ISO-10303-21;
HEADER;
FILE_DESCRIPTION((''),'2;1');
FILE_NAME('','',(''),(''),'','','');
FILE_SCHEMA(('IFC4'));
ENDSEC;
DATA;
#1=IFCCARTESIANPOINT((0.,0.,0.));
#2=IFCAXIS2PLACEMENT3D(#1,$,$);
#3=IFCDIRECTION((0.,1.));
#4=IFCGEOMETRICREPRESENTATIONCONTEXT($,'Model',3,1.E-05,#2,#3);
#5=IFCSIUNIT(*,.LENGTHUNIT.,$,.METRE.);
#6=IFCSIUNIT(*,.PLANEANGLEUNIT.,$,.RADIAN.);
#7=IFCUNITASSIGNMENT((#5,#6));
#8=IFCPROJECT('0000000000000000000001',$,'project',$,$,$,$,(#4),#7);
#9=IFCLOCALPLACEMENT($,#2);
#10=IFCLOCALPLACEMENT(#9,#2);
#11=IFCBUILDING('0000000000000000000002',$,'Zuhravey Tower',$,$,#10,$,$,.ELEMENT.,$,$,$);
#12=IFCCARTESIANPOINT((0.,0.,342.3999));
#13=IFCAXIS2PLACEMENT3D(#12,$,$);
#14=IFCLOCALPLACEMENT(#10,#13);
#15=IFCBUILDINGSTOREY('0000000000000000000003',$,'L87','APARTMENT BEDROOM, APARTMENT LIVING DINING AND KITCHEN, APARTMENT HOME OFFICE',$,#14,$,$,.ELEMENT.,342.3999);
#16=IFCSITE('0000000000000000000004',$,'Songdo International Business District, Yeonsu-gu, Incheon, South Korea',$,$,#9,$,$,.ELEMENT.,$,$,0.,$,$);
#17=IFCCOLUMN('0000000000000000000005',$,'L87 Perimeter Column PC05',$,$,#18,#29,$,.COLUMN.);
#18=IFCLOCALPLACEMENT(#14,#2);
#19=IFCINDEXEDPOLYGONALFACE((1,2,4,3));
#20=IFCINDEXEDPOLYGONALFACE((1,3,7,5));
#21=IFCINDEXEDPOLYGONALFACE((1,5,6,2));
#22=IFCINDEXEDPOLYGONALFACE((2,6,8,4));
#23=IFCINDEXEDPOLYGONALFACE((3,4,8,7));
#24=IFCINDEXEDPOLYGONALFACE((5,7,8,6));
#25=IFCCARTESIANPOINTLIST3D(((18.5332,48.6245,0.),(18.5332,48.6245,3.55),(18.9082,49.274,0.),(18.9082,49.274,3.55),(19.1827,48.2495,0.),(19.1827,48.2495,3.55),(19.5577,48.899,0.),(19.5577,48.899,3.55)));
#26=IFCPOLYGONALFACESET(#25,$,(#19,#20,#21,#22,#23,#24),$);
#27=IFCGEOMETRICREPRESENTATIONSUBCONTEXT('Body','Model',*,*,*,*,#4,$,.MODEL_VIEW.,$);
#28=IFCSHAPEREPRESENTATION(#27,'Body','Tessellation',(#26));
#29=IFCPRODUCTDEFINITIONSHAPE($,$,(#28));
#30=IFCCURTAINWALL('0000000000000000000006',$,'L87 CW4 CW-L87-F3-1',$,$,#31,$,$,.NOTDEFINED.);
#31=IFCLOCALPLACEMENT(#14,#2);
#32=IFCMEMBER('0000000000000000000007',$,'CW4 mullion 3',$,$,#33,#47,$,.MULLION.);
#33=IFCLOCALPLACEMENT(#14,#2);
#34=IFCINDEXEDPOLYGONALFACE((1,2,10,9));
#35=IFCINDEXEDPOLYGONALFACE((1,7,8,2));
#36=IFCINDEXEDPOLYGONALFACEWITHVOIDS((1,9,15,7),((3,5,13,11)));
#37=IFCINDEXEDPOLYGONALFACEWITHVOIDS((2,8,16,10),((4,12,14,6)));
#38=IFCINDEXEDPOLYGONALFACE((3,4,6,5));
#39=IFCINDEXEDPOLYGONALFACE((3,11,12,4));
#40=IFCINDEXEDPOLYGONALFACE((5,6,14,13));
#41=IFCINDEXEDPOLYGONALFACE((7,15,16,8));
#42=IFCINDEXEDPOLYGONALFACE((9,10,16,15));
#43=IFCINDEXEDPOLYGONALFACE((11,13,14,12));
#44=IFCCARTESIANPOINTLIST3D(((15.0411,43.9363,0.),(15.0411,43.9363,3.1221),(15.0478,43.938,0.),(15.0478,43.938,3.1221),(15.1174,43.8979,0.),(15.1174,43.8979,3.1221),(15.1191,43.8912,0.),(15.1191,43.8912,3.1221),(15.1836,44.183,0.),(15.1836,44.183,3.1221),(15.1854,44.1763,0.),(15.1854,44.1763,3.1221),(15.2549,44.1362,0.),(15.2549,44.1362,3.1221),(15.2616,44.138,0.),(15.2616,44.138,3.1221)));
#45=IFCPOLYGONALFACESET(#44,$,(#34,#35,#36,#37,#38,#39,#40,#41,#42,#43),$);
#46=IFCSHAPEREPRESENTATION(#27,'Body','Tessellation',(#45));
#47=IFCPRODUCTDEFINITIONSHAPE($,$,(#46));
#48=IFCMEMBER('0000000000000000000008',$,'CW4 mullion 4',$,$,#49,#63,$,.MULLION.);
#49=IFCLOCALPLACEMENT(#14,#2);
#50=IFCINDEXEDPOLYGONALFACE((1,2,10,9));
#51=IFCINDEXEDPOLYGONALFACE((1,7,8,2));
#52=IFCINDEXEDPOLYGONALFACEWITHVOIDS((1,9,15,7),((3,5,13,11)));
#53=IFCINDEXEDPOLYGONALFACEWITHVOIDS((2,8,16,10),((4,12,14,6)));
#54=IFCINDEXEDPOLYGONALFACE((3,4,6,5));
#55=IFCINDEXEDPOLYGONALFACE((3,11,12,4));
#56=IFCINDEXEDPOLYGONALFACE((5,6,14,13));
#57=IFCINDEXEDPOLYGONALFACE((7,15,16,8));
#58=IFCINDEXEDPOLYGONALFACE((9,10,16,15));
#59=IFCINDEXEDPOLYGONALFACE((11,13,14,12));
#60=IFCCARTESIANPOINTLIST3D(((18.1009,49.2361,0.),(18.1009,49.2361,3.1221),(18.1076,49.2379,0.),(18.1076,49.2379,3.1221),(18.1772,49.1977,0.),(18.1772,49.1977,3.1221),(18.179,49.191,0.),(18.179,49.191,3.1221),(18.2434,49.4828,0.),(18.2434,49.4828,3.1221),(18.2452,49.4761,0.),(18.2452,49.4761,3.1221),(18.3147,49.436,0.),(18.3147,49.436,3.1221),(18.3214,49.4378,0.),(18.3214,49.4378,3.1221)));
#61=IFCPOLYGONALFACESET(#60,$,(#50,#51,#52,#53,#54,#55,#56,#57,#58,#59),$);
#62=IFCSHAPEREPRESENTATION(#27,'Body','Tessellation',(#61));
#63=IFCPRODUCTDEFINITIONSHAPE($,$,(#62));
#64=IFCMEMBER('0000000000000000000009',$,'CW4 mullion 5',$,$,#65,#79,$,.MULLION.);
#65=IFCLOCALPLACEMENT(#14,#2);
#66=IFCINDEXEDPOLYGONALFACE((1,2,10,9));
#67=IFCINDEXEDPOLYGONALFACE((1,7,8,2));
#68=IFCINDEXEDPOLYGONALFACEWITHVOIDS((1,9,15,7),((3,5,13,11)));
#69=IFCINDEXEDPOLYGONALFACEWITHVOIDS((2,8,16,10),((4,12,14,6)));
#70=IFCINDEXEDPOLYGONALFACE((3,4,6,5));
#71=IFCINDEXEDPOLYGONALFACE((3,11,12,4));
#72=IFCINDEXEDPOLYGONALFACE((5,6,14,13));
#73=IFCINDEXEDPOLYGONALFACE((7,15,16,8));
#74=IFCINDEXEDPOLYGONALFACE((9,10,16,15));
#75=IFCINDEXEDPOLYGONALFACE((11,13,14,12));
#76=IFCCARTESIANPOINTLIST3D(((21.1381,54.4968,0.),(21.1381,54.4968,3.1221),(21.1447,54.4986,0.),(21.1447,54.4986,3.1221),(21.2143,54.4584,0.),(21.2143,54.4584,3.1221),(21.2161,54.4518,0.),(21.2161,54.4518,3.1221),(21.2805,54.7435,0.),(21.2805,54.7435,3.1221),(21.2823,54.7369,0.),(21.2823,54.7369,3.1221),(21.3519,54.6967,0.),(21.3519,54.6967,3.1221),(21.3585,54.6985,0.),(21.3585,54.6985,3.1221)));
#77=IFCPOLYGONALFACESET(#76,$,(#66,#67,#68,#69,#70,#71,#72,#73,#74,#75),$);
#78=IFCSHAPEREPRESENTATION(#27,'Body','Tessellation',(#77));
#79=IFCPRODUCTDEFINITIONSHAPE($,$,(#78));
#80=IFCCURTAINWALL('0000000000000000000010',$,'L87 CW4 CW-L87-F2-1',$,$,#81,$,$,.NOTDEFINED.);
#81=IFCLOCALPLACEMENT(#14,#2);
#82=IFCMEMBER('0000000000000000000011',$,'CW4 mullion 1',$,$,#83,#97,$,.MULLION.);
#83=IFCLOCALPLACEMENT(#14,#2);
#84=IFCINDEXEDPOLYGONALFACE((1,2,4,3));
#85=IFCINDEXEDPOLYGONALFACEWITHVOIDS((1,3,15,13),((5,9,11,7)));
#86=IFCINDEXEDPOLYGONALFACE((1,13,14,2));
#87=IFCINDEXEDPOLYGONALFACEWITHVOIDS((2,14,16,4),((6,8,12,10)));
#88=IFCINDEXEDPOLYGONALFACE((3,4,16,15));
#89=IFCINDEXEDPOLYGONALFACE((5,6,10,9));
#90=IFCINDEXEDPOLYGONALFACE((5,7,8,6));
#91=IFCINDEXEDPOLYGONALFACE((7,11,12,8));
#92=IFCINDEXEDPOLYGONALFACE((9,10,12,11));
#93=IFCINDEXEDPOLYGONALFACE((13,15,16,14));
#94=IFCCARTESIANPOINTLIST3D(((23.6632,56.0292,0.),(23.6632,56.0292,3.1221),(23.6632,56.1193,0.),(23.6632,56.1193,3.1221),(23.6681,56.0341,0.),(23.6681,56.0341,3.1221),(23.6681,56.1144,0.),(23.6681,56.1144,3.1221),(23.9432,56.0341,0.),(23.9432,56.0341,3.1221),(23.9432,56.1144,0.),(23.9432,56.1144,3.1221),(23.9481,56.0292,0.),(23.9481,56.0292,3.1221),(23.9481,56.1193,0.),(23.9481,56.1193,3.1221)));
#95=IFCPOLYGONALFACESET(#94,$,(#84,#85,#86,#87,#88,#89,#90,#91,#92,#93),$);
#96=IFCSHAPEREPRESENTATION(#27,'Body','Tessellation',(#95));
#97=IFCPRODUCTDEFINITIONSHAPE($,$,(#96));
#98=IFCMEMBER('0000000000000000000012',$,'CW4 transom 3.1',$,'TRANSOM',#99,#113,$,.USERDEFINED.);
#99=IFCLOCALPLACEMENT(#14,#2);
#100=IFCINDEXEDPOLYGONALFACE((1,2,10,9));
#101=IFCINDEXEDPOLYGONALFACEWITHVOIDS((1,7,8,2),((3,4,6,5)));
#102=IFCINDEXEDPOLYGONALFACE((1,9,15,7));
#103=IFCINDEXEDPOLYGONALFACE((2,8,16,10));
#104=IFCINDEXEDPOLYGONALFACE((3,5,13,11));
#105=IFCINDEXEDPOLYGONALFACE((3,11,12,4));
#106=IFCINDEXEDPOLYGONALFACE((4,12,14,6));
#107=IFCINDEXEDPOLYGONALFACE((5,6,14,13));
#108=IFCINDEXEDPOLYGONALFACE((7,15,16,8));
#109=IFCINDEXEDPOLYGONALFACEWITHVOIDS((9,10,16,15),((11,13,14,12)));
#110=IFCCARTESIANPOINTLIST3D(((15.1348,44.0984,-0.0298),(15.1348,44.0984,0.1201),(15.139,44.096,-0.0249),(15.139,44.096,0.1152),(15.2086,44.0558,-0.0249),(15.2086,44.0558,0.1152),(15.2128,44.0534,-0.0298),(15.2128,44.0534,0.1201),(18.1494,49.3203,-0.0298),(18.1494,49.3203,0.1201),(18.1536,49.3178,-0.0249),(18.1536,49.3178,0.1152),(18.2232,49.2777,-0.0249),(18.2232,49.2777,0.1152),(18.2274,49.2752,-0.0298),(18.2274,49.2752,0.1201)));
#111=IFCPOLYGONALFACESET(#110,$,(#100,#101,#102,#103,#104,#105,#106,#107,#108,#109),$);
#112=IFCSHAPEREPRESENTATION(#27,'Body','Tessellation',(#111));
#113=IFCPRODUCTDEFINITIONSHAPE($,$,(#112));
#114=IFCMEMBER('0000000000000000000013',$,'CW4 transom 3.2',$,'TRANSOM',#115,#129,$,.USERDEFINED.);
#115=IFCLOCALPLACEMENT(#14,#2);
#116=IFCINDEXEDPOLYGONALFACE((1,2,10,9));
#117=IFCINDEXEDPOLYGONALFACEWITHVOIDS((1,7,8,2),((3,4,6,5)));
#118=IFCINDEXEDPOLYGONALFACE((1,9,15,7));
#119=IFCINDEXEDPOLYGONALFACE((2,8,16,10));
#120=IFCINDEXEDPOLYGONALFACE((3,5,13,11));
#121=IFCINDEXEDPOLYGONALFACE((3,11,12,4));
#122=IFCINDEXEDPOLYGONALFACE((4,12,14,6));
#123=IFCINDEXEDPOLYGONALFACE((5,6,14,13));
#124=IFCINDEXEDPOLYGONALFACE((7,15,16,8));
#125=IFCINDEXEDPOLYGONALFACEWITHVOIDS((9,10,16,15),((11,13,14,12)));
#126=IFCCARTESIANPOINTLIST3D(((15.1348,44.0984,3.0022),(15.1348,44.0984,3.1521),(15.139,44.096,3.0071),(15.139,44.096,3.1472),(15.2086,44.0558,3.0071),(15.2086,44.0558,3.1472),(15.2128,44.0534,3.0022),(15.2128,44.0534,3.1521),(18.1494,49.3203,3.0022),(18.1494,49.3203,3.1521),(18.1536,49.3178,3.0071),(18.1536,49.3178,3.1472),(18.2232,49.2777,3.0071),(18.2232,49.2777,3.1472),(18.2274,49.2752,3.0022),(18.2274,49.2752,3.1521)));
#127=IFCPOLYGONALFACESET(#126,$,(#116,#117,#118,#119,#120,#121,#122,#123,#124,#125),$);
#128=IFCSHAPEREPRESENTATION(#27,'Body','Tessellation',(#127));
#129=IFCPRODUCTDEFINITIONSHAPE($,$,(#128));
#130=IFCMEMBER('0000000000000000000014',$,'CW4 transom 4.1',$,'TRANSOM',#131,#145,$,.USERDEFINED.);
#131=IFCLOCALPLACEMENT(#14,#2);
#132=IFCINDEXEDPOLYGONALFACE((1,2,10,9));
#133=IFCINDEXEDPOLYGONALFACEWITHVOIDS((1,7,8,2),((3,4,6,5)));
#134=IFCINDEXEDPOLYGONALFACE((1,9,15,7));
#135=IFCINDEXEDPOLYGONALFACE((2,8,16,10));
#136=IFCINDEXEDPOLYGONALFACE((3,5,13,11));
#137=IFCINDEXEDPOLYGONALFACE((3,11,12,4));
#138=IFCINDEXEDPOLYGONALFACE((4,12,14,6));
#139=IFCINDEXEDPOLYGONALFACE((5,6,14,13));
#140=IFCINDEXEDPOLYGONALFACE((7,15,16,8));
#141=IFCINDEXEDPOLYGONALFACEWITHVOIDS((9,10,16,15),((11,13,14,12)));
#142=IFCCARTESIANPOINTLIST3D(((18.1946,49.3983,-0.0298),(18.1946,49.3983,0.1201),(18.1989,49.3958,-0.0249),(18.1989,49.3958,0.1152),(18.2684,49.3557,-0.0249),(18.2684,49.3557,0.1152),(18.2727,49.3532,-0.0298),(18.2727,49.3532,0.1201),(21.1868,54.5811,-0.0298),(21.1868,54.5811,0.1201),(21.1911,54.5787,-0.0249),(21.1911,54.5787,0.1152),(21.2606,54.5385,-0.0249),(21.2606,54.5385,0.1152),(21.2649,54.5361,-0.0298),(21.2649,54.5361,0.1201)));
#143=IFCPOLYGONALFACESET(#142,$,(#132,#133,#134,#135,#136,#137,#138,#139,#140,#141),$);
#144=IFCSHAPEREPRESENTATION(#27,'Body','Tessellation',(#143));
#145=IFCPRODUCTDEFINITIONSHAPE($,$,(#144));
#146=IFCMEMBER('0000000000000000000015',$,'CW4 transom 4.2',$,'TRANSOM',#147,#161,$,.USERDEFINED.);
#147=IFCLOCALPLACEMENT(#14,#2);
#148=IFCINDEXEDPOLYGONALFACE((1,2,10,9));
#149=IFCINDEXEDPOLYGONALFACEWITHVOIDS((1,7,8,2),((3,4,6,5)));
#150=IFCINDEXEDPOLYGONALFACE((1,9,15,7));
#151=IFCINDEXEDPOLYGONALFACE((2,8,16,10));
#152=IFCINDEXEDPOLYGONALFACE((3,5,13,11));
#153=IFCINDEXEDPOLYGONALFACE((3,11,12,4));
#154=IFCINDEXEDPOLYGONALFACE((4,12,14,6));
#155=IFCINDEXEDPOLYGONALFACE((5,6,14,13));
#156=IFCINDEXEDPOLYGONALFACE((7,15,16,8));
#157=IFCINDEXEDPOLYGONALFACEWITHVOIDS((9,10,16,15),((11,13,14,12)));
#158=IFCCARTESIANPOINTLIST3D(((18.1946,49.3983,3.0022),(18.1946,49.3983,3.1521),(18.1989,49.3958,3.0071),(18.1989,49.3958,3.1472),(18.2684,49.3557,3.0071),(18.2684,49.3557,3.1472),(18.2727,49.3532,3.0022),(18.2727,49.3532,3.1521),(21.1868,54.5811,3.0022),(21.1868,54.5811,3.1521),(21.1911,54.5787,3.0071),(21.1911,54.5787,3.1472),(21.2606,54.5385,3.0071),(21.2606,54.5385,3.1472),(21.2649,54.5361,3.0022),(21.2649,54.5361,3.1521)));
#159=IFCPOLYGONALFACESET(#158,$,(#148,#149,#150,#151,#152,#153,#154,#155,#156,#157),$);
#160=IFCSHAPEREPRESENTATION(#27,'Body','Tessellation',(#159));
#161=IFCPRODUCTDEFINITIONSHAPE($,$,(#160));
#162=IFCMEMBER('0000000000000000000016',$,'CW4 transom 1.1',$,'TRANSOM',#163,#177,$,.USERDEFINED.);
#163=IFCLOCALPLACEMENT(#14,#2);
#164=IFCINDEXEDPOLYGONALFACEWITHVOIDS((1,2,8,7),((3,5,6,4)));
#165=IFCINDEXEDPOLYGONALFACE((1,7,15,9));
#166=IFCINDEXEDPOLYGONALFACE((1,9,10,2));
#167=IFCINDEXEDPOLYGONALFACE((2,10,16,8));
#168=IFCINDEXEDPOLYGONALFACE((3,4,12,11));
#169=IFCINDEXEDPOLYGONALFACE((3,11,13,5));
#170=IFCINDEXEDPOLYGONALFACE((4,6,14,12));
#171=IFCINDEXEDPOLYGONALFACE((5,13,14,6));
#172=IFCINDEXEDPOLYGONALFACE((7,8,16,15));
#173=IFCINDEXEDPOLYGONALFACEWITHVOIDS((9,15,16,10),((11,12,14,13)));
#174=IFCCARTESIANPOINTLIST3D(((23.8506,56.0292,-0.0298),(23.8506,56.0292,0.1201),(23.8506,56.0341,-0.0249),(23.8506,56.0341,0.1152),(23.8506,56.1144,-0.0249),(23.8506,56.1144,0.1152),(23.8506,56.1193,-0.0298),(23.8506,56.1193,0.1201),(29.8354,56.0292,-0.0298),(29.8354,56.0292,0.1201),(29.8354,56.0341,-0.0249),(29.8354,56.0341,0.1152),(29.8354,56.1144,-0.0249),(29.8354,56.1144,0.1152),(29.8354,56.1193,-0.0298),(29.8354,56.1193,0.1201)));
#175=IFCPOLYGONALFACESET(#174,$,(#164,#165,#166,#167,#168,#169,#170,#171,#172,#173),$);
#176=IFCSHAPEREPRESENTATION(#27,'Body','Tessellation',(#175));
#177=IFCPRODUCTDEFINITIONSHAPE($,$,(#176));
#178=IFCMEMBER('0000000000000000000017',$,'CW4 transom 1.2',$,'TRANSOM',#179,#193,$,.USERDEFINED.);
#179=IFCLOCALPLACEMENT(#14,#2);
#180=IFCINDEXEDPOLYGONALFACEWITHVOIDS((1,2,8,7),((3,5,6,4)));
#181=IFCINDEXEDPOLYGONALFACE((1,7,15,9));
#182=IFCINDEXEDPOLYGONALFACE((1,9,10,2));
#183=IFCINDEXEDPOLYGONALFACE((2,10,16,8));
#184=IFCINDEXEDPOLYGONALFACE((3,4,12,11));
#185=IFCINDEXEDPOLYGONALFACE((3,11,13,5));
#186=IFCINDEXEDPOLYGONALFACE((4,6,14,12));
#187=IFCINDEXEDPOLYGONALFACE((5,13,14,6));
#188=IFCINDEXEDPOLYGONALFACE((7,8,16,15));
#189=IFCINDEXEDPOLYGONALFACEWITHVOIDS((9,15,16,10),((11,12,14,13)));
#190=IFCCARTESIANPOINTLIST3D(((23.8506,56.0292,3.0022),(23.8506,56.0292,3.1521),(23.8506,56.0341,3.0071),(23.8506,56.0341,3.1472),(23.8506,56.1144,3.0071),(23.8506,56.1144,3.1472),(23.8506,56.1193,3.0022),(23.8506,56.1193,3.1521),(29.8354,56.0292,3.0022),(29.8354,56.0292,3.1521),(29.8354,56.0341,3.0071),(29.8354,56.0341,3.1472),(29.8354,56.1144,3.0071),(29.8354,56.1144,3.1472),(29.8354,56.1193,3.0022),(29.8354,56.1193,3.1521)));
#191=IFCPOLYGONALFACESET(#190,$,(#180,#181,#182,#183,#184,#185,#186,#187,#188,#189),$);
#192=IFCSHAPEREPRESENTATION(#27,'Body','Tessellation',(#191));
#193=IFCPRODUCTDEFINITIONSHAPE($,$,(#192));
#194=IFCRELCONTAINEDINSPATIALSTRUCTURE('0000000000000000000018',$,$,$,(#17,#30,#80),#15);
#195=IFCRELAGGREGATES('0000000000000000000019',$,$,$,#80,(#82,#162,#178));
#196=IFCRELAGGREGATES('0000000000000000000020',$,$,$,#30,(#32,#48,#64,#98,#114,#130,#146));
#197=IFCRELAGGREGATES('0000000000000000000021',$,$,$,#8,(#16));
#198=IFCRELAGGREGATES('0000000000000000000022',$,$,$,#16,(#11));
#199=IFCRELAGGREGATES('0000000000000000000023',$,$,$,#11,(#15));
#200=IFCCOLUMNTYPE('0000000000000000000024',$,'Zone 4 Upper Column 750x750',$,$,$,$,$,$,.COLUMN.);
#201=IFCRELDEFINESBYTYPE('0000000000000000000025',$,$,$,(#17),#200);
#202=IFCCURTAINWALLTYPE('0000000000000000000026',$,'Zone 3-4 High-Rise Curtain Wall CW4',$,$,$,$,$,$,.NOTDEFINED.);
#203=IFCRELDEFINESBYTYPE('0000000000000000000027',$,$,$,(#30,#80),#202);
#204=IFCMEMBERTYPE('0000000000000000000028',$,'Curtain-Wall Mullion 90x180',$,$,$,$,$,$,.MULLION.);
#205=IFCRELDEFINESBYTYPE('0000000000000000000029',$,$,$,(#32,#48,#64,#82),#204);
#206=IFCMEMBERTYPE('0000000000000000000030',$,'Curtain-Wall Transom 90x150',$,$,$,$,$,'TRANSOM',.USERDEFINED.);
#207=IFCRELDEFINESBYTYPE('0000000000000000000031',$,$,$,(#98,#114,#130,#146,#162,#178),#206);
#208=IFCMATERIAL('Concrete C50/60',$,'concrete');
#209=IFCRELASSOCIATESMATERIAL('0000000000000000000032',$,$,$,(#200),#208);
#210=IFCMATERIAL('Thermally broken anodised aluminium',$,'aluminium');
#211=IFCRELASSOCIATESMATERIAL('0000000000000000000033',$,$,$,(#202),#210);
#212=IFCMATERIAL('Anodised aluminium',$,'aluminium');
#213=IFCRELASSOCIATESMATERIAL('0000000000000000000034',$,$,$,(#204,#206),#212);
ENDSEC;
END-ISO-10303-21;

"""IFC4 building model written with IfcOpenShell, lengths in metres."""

from ifc_helpers import new_model, si_unit, direction, frame, origin, origin_2d, place, context, subcontext, project, spatial, rectangle, hollow_rectangle, extrude, material, material_profile, profile_set, type_object, element, aggregate, save


model = new_model("IFC4")

# Units and contexts
model_context = context("Model", 3, precision=1e-05, world=origin(), true_north=direction((0.0, 1.0)))
body_context = subcontext(model_context, "Body", "Model", "MODEL_VIEW")
ifc_project = project(units=[si_unit("LENGTHUNIT", "METRE"), si_unit("PLANEANGLEUNIT", "RADIAN")], contexts=[model_context])

# Site, building, storey
site_placement = place(None, origin())
site = spatial("IfcSite", under=ifc_project, at=site_placement, Name="Songdo International Business District, Yeonsu-gu, Incheon, South Korea", CompositionType="ELEMENT", RefElevation=0.0)
building_placement = place(site_placement, origin())
building = spatial("IfcBuilding", under=site, at=building_placement, Name="Zuhravey Tower", CompositionType="ELEMENT")
storey_placement = place(building_placement, frame((0.0, 0.0, 342.3999)))
storey = spatial("IfcBuildingStorey", under=building, at=storey_placement, Name="L87", Description="APARTMENT BEDROOM, APARTMENT LIVING DINING AND KITCHEN, APARTMENT HOME OFFICE", CompositionType="ELEMENT", Elevation=342.3999)

# Column
ifc_material_1 = material(Name="Concrete C50/60", Category="concrete")
ifc_material_profile_1 = material_profile(ifc_material_1, rectangle(XDim=0.75, YDim=0.75, at=origin_2d()), Name="RC-750x750")
ifc_profile_set_1 = profile_set([ifc_material_profile_1], Name="Concrete C50/60")
column_type = type_object("IfcColumnType", Name="Zone 4 Upper Column 750x750", PredefinedType="COLUMN", material=ifc_profile_set_1)
column_placement = place(storey_placement, frame((19.0454, 48.7617, 0.0), z_axis=(0.0, 0.0, 1.0), x_axis=(-0.5, -0.866025, 0.0)))
element("IfcColumn", 1, at=column_placement, inside=storey, type_object=column_type, Name="L87 Perimeter Column PC05", PredefinedType="COLUMN", context=body_context, shape_type="SweptSolid", body=[
    extrude(rectangle(XDim=0.75, YDim=0.75, at=origin_2d()), origin(), (0.0, 0.0, 1.0), 3.55),
])

# Curtain wall, members
ifc_material_2 = material(Name="Thermally broken anodised aluminium", Category="aluminium")
curtain_wall_type = type_object("IfcCurtainWallType", Name="Zone 3-4 High-Rise Curtain Wall CW4", PredefinedType="NOTDEFINED", material=ifc_material_2)
curtain_wall_1_placement = place(storey_placement, origin())
curtain_wall_1 = element("IfcCurtainWall", 2, at=curtain_wall_1_placement, inside=storey, type_object=curtain_wall_type, Name="L87 CW4 CW-L87-F3-1", PredefinedType="NOTDEFINED")
ifc_material_3 = material(Name="Anodised aluminium", Category="aluminium")
ifc_material_profile_2 = material_profile(ifc_material_3, hollow_rectangle(XDim=0.0901, YDim=0.2849, WallThickness=0.0049, at=origin_2d()), Name="ALU-RHS-90x285x5")
ifc_profile_set_2 = profile_set([ifc_material_profile_2], Name="Anodised aluminium")
member_type_1 = type_object("IfcMemberType", Name="Curtain-Wall Mullion 90x180", PredefinedType="MULLION", material=ifc_profile_set_2)
member_1_placement = place(storey_placement, frame((15.1514, 44.0371, 0.0), z_axis=(0.0, 0.0, 1.0), x_axis=(-0.866026, 0.5, 0.0)))
member_1 = element("IfcMember", 3, at=member_1_placement, type_object=member_type_1, Name="CW4 mullion 3", PredefinedType="MULLION", context=body_context, shape_type="SweptSolid", body=[
    extrude(hollow_rectangle(XDim=0.0901, YDim=0.2849, WallThickness=0.0049, at=origin_2d()), origin(), (0.0, 0.0, 1.0), 3.1221),
])
member_2_placement = place(storey_placement, frame((18.2112, 49.3369, 0.0), z_axis=(0.0, 0.0, 1.0), x_axis=(-0.866026, 0.5, 0.0)))
member_2 = element("IfcMember", 4, at=member_2_placement, type_object=member_type_1, Name="CW4 mullion 4", PredefinedType="MULLION", context=body_context, shape_type="SweptSolid", body=[
    extrude(hollow_rectangle(XDim=0.0901, YDim=0.2849, WallThickness=0.0049, at=origin_2d()), origin(), (0.0, 0.0, 1.0), 3.1221),
])
member_3_placement = place(storey_placement, frame((21.2483, 54.5977, 0.0), z_axis=(0.0, 0.0, 1.0), x_axis=(-0.866026, 0.5, 0.0)))
member_3 = element("IfcMember", 5, at=member_3_placement, type_object=member_type_1, Name="CW4 mullion 5", PredefinedType="MULLION", context=body_context, shape_type="SweptSolid", body=[
    extrude(hollow_rectangle(XDim=0.0901, YDim=0.2849, WallThickness=0.0049, at=origin_2d()), origin(), (0.0, 0.0, 1.0), 3.1221),
])

# Curtain wall, member
curtain_wall_2_placement = place(storey_placement, origin())
curtain_wall_2 = element("IfcCurtainWall", 6, at=curtain_wall_2_placement, inside=storey, type_object=curtain_wall_type, Name="L87 CW4 CW-L87-F2-1", PredefinedType="NOTDEFINED")
member_4_placement = place(storey_placement, frame((23.8057, 56.0742, 0.0), z_axis=(0.0, 0.0, 1.0), x_axis=(0.0, 1.0, 0.0)))
member_4 = element("IfcMember", 7, at=member_4_placement, type_object=member_type_1, Name="CW4 mullion 1", PredefinedType="MULLION", context=body_context, shape_type="SweptSolid", body=[
    extrude(hollow_rectangle(XDim=0.0901, YDim=0.2849, WallThickness=0.0049, at=origin_2d()), origin(), (0.0, 0.0, 1.0), 3.1221),
])

# Members
ifc_material_profile_3 = material_profile(ifc_material_3, hollow_rectangle(XDim=0.0901, YDim=0.1499, WallThickness=0.0049, at=origin_2d()), Name="ALU-RHS-90x150x5")
ifc_profile_set_3 = profile_set([ifc_material_profile_3], Name="Anodised aluminium")
member_type_2 = type_object("IfcMemberType", Name="Curtain-Wall Transom 90x150", ElementType="TRANSOM", PredefinedType="USERDEFINED", material=ifc_profile_set_3)
member_5_placement = place(storey_placement, frame((15.1738, 44.0759, 0.0452), z_axis=(0.499971, 0.866042, 0.0), x_axis=(-0.866042, 0.499971, 0.0)))
member_5 = element("IfcMember", 8, at=member_5_placement, type_object=member_type_2, Name="CW4 transom 3.1", ObjectType="TRANSOM", PredefinedType="USERDEFINED", context=body_context, shape_type="SweptSolid", body=[
    extrude(hollow_rectangle(XDim=0.0901, YDim=0.1499, WallThickness=0.0049, at=origin_2d()), origin(), (0.0, 0.0, 1.0), 6.0295),
])
member_6_placement = place(storey_placement, frame((15.1738, 44.0759, 3.0771), z_axis=(0.499971, 0.866042, 0.0), x_axis=(-0.866042, 0.499971, 0.0)))
member_6 = element("IfcMember", 9, at=member_6_placement, type_object=member_type_2, Name="CW4 transom 3.2", ObjectType="TRANSOM", PredefinedType="USERDEFINED", context=body_context, shape_type="SweptSolid", body=[
    extrude(hollow_rectangle(XDim=0.0901, YDim=0.1499, WallThickness=0.0049, at=origin_2d()), origin(), (0.0, 0.0, 1.0), 6.0295),
])
member_7_placement = place(storey_placement, frame((18.2336, 49.3757, 0.0452), z_axis=(0.499983, 0.866035, 0.0), x_axis=(-0.866035, 0.499983, 0.0)))
member_7 = element("IfcMember", 10, at=member_7_placement, type_object=member_type_2, Name="CW4 transom 4.1", ObjectType="TRANSOM", PredefinedType="USERDEFINED", context=body_context, shape_type="SweptSolid", body=[
    extrude(hollow_rectangle(XDim=0.0901, YDim=0.1499, WallThickness=0.0049, at=origin_2d()), origin(), (0.0, 0.0, 1.0), 5.9846),
])
member_8_placement = place(storey_placement, frame((18.2336, 49.3757, 3.0771), z_axis=(0.499983, 0.866035, 0.0), x_axis=(-0.866035, 0.499983, 0.0)))
member_8 = element("IfcMember", 11, at=member_8_placement, type_object=member_type_2, Name="CW4 transom 4.2", ObjectType="TRANSOM", PredefinedType="USERDEFINED", context=body_context, shape_type="SweptSolid", body=[
    extrude(hollow_rectangle(XDim=0.0901, YDim=0.1499, WallThickness=0.0049, at=origin_2d()), origin(), (0.0, 0.0, 1.0), 5.9846),
])
member_9_placement = place(storey_placement, frame((23.8506, 56.0742, 0.0452), z_axis=(1.0, 0.0, 0.0), x_axis=(0.0, 1.0, 0.0)))
member_9 = element("IfcMember", 12, at=member_9_placement, type_object=member_type_2, Name="CW4 transom 1.1", ObjectType="TRANSOM", PredefinedType="USERDEFINED", context=body_context, shape_type="SweptSolid", body=[
    extrude(hollow_rectangle(XDim=0.0901, YDim=0.1499, WallThickness=0.0049, at=origin_2d()), origin(), (0.0, 0.0, 1.0), 5.9849),
])
member_10_placement = place(storey_placement, frame((23.8506, 56.0742, 3.0771), z_axis=(1.0, 0.0, 0.0), x_axis=(0.0, 1.0, 0.0)))
member_10 = element("IfcMember", 13, at=member_10_placement, type_object=member_type_2, Name="CW4 transom 1.2", ObjectType="TRANSOM", PredefinedType="USERDEFINED", context=body_context, shape_type="SweptSolid", body=[
    extrude(hollow_rectangle(XDim=0.0901, YDim=0.1499, WallThickness=0.0049, at=origin_2d()), origin(), (0.0, 0.0, 1.0), 5.9849),
])
aggregate(curtain_wall_2, [member_4, member_9, member_10])

aggregate(curtain_wall_1, [member_1, member_2, member_3, member_5, member_6, member_7, member_8])

save(model, "model.ifc")
